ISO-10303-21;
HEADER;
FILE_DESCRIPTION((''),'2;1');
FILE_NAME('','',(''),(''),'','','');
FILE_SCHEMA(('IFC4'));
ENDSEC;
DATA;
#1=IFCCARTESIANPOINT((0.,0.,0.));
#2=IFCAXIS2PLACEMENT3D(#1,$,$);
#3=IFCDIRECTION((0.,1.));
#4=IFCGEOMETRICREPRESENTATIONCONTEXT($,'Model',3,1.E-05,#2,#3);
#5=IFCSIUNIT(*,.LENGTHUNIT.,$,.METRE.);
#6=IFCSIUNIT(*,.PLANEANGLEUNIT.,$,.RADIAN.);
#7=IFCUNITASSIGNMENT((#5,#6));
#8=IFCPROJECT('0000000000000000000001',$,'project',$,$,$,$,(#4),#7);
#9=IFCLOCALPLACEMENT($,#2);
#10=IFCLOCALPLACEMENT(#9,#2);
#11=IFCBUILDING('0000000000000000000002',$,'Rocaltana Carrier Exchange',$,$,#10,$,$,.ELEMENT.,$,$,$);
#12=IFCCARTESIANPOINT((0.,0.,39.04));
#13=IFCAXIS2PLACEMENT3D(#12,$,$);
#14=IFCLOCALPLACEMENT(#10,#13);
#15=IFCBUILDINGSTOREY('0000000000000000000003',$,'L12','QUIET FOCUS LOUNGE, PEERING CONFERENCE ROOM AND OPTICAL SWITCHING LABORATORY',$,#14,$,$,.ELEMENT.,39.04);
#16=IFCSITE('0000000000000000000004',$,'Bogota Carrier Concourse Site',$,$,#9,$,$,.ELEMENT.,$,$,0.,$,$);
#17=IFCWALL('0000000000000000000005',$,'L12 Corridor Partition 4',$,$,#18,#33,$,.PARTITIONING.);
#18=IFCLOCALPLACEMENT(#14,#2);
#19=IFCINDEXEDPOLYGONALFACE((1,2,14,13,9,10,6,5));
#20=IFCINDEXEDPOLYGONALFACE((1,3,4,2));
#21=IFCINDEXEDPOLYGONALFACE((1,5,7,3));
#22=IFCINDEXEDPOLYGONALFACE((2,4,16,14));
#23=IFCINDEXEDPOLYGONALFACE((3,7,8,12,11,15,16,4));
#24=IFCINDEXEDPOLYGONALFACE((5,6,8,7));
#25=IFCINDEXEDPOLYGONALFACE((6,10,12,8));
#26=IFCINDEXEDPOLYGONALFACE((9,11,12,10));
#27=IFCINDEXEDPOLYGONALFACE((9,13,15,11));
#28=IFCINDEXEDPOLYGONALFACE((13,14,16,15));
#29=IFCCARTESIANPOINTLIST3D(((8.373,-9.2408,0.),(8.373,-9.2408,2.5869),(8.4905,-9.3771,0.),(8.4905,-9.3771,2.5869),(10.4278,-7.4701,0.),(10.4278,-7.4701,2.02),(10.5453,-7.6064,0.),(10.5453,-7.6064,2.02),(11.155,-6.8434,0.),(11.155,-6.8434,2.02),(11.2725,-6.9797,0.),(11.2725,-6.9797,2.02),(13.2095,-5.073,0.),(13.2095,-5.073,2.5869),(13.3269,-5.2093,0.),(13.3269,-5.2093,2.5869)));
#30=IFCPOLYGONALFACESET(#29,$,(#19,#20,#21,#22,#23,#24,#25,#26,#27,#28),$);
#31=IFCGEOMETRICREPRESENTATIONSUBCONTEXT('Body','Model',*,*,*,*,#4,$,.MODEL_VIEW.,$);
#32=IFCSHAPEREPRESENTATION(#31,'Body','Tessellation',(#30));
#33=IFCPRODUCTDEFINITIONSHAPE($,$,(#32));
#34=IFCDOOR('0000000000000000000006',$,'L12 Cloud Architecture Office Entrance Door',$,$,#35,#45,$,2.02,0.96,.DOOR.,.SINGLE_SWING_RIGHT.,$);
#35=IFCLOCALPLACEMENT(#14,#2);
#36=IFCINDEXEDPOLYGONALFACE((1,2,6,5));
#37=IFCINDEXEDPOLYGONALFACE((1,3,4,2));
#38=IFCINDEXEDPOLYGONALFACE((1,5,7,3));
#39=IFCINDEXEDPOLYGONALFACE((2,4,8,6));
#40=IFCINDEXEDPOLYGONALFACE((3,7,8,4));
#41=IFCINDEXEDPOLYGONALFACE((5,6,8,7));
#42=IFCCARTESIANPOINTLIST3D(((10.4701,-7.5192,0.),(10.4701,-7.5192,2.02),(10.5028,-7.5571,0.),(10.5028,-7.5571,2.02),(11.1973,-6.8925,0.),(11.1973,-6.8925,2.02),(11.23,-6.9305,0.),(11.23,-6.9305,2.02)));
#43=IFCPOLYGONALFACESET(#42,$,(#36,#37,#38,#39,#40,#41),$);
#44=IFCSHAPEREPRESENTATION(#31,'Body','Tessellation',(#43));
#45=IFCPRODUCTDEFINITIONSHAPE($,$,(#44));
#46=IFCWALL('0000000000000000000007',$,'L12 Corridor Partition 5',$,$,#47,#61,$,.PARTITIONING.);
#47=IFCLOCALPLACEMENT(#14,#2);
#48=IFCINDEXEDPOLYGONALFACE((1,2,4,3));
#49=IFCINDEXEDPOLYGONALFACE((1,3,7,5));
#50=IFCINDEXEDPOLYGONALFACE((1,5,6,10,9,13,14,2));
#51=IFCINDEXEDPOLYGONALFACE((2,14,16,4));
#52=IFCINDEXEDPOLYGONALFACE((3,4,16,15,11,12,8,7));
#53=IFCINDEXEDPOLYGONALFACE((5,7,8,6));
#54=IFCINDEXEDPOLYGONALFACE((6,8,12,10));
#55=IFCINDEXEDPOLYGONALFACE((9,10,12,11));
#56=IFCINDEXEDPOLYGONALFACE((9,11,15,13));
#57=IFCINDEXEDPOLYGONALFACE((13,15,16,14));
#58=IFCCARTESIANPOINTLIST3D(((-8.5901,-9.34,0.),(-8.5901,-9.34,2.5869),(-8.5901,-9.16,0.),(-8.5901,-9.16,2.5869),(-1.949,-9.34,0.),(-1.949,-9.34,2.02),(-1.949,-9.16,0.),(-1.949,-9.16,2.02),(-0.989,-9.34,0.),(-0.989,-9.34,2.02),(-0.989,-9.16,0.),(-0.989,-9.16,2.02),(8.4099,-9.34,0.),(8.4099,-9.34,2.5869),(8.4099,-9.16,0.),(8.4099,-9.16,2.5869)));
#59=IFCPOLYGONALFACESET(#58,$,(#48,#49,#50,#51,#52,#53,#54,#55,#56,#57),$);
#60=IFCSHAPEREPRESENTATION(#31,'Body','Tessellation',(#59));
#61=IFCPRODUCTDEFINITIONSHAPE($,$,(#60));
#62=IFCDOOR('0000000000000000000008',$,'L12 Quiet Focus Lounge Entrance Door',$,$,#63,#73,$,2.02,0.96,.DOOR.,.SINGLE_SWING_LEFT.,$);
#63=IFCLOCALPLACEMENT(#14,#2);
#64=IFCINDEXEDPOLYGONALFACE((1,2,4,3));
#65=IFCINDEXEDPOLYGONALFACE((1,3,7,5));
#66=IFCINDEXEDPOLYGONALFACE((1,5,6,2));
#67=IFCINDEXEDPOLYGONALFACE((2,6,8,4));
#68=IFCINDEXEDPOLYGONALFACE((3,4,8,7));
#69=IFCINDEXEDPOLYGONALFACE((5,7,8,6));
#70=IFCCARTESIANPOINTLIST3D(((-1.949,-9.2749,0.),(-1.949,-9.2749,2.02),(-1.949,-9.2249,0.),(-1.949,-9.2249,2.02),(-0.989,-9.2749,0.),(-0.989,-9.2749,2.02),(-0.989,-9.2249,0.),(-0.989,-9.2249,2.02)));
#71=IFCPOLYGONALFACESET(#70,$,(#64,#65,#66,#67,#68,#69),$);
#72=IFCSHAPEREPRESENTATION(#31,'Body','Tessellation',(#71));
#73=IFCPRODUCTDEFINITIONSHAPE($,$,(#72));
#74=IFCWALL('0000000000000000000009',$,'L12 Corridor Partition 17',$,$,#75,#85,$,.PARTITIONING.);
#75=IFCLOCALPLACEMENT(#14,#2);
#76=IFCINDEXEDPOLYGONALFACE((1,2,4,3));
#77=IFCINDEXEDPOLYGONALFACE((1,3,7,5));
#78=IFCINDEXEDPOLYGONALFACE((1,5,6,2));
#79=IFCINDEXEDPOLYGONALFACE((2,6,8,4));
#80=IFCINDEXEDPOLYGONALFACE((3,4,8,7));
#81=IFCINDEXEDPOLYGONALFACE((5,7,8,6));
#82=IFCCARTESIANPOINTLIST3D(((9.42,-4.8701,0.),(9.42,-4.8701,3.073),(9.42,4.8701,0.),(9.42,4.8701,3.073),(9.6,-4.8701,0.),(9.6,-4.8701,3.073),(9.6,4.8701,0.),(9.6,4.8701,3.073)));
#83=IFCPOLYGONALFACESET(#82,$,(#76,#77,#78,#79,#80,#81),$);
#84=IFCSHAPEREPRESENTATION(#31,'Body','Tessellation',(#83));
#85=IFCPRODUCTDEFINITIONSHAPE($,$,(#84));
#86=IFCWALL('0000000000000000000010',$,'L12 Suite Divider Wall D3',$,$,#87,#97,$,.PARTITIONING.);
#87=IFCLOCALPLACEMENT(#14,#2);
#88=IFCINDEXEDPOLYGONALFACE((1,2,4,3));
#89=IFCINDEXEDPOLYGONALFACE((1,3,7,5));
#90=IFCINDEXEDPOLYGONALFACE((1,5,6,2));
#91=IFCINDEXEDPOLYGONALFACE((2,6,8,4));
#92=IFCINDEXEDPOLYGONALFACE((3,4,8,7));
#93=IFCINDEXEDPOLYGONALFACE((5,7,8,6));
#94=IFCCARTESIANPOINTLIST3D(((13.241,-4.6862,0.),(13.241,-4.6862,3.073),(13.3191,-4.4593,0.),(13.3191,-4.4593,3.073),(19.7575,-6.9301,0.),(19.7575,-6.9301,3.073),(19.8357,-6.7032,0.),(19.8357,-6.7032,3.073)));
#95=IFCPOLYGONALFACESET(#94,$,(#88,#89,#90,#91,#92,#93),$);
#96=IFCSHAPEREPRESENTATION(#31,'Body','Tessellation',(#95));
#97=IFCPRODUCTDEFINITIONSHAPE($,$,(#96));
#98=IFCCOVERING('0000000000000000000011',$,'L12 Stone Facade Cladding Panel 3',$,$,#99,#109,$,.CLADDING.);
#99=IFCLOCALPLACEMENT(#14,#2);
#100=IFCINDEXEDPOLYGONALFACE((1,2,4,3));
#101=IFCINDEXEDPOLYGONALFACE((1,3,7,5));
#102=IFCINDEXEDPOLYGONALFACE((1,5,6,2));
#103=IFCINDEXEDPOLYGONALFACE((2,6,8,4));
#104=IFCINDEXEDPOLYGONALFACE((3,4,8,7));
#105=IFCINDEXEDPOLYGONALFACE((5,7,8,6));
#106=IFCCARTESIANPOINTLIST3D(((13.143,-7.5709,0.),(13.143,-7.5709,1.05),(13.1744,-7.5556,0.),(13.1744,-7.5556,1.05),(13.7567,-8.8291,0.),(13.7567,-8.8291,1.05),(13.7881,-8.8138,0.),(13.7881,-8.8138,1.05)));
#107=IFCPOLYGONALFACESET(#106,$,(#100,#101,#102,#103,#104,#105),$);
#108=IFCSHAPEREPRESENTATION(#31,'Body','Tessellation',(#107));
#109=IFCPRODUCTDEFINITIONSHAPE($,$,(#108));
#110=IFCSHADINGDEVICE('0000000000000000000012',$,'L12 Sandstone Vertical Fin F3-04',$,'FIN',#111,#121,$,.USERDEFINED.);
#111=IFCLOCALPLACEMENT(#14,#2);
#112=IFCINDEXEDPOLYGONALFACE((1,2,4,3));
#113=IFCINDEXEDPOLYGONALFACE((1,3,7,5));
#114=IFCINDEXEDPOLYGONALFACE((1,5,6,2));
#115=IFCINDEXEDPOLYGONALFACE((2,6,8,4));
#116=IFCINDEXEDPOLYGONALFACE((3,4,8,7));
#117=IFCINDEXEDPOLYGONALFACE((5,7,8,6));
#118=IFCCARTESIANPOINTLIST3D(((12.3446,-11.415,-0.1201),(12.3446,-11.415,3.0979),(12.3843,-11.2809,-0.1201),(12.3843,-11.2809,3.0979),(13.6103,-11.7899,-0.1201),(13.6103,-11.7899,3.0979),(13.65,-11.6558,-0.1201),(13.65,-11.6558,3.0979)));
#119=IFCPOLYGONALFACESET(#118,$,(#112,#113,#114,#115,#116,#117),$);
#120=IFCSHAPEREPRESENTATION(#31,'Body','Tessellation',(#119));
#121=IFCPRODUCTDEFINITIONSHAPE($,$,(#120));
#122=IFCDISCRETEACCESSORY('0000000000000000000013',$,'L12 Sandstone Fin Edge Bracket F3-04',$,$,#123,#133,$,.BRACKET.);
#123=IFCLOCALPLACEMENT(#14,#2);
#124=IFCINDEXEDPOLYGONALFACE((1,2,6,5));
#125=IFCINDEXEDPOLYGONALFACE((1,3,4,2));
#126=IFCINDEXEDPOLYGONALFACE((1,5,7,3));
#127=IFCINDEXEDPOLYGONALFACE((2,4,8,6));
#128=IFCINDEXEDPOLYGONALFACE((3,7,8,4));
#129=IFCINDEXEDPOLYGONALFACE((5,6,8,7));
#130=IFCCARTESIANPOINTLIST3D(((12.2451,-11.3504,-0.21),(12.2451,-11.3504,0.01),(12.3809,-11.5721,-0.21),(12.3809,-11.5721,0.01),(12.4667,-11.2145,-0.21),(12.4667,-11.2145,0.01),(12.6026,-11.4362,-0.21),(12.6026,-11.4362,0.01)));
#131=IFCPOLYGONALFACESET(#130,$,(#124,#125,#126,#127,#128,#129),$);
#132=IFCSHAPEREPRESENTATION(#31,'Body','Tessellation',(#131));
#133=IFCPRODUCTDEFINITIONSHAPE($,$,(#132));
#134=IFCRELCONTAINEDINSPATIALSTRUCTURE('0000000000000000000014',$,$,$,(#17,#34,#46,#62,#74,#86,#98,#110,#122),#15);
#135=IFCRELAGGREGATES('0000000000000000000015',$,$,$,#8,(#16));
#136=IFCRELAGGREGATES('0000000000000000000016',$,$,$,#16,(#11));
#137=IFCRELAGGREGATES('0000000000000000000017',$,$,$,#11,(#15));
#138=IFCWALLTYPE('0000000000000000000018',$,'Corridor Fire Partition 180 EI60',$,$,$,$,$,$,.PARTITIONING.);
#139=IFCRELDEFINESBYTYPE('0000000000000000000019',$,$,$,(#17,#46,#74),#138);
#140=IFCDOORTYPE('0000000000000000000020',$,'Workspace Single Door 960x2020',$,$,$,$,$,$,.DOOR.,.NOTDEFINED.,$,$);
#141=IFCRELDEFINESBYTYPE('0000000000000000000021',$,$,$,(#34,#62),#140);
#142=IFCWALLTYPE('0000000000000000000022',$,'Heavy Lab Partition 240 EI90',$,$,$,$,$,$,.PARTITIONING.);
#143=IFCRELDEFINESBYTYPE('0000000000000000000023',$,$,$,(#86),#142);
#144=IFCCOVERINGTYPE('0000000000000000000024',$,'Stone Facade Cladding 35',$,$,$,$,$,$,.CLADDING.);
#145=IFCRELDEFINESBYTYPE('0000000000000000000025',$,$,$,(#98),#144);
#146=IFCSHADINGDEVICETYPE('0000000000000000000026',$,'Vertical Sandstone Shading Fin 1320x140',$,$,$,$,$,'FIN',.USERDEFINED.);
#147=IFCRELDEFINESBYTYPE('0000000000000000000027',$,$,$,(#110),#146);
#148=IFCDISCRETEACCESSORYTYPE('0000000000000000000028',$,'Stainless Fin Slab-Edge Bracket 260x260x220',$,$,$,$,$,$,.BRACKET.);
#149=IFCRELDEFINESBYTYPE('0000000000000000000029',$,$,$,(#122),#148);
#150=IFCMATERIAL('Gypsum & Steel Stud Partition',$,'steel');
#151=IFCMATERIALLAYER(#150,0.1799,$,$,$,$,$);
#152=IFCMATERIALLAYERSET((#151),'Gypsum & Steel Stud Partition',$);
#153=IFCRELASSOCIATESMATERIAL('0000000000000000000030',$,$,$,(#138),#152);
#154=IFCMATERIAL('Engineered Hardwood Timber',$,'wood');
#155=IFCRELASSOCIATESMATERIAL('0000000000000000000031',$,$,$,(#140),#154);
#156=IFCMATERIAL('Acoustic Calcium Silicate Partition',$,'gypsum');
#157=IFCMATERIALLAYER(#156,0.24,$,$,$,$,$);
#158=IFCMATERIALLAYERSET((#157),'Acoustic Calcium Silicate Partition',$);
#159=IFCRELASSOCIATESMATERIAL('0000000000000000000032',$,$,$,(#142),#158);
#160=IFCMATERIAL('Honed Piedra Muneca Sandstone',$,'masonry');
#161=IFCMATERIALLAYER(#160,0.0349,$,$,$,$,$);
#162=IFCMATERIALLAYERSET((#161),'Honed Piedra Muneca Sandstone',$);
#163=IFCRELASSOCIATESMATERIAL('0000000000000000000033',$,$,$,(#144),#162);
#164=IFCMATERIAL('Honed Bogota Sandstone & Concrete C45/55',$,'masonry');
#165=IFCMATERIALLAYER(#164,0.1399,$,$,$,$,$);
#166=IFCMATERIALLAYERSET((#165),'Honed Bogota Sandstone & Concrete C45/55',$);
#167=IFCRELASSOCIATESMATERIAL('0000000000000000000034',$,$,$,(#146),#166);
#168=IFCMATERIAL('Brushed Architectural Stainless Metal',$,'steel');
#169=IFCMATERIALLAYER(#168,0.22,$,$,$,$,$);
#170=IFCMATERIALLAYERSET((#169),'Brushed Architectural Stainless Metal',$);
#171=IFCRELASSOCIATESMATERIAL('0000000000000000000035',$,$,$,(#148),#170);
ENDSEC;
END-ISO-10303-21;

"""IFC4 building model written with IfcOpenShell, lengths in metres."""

from ifc_helpers import new_model, si_unit, direction, frame, frame_2d, origin, origin_2d, place, context, subcontext, project, spatial, rectangle, extrude, material, layer, layer_set, type_object, element, fill, save


model = new_model("IFC4")

# Units and contexts
model_context = context("Model", 3, precision=1e-05, world=origin(), true_north=direction((0.0, 1.0)))
body_context = subcontext(model_context, "Body", "Model", "MODEL_VIEW")
ifc_project = project(units=[si_unit("LENGTHUNIT", "METRE"), si_unit("PLANEANGLEUNIT", "RADIAN")], contexts=[model_context])

# Site, building, storey
site_placement = place(None, origin())
site = spatial("IfcSite", under=ifc_project, at=site_placement, Name="Bogota Carrier Concourse Site", CompositionType="ELEMENT", RefElevation=0.0)
building_placement = place(site_placement, origin())
building = spatial("IfcBuilding", under=site, at=building_placement, Name="Rocaltana Carrier Exchange", CompositionType="ELEMENT")
storey_placement = place(building_placement, frame((0.0, 0.0, 39.04)))
storey = spatial("IfcBuildingStorey", under=building, at=storey_placement, Name="L12", Description="QUIET FOCUS LOUNGE, PEERING CONFERENCE ROOM AND OPTICAL SWITCHING LABORATORY", CompositionType="ELEMENT", Elevation=39.04)

# Walls, openings, doors
ifc_material_1 = material(Name="Gypsum & Steel Stud Partition", Category="steel")
ifc_layer_1 = layer(ifc_material_1, 0.1799)
ifc_layer_set_1 = layer_set([ifc_layer_1], Name="Gypsum & Steel Stud Partition")
wall_type_1 = type_object("IfcWallType", Name="Corridor Fire Partition 180 EI60", PredefinedType="PARTITIONING", material=ifc_layer_set_1)
wall_1_placement = place(storey_placement, frame((13.2683, -5.1411, 0.0), z_axis=(0.0, 0.0, 1.0), x_axis=(-0.757535, -0.652795, 0.0)))
wall_1 = element("IfcWall", 1, at=wall_1_placement, inside=storey, type_object=wall_type_1, Name="L12 Corridor Partition 4", PredefinedType="PARTITIONING", context=body_context, shape_type="SweptSolid", body=[
    extrude(rectangle(XDim=6.3845, YDim=0.1799, at=frame_2d((3.1924, 0.0))), origin(), (0.0, 0.0, 1.0), 2.5869),
])
opening_1_placement = place(wall_1_placement, frame((2.7122, 0.0, 0.0)))
opening_1 = element("IfcOpeningElement", 2, at=opening_1_placement, cuts=wall_1, PredefinedType="OPENING", context=body_context, shape_type="SweptSolid", body=[
    extrude(rectangle(XDim=0.96, YDim=2.02, at=frame_2d((0.48, 1.01))), frame((0.0, 0.0999, 0.0), z_axis=(0.0, -1.0, 0.0), x_axis=(1.0, 0.0, 0.0)), (0.0, 0.0, 1.0), 0.2),
])
ifc_material_2 = material(Name="Engineered Hardwood Timber", Category="wood")
door_type = type_object("IfcDoorType", Name="Workspace Single Door 960x2020", OperationType="NOTDEFINED", PredefinedType="DOOR", material=ifc_material_2)
door_1_placement = place(opening_1_placement, origin())
door_1 = element("IfcDoor", 3, at=door_1_placement, inside=storey, type_object=door_type, Name="L12 Cloud Architecture Office Entrance Door", OperationType="SINGLE_SWING_RIGHT", OverallHeight=2.02, OverallWidth=0.96, PredefinedType="DOOR", context=body_context, shape_type="SweptSolid", body=[
    extrude(rectangle(XDim=0.96, YDim=2.02, at=frame_2d((0.48, 1.01))), frame((0.0, 0.0249, 0.0), z_axis=(0.0, -1.0, 0.0), x_axis=(1.0, 0.0, 0.0)), (0.0, 0.0, 1.0), 0.05),
])
fill(opening_1, door_1)
wall_2_placement = place(storey_placement, frame((8.4099, -9.25, 0.0), z_axis=(0.0, 0.0, 1.0), x_axis=(-1.0, 0.0, 0.0)))
wall_2 = element("IfcWall", 4, at=wall_2_placement, inside=storey, type_object=wall_type_1, Name="L12 Corridor Partition 5", PredefinedType="PARTITIONING", context=body_context, shape_type="SweptSolid", body=[
    extrude(rectangle(XDim=17.0, YDim=0.1799, at=frame_2d((8.5, 0.0))), origin(), (0.0, 0.0, 1.0), 2.5869),
])
opening_2_placement = place(wall_2_placement, frame((9.3989, 0.0, 0.0)))
opening_2 = element("IfcOpeningElement", 5, at=opening_2_placement, cuts=wall_2, PredefinedType="OPENING", context=body_context, shape_type="SweptSolid", body=[
    extrude(rectangle(XDim=0.96, YDim=2.02, at=frame_2d((0.48, 1.01))), frame((0.0, 0.0999, 0.0), z_axis=(0.0, -1.0, 0.0), x_axis=(1.0, 0.0, 0.0)), (0.0, 0.0, 1.0), 0.2),
])
door_2_placement = place(opening_2_placement, origin())
door_2 = element("IfcDoor", 6, at=door_2_placement, inside=storey, type_object=door_type, Name="L12 Quiet Focus Lounge Entrance Door", OperationType="SINGLE_SWING_LEFT", OverallHeight=2.02, OverallWidth=0.96, PredefinedType="DOOR", context=body_context, shape_type="SweptSolid", body=[
    extrude(rectangle(XDim=0.96, YDim=2.02, at=frame_2d((0.48, 1.01))), frame((0.0, 0.0249, 0.0), z_axis=(0.0, -1.0, 0.0), x_axis=(1.0, 0.0, 0.0)), (0.0, 0.0, 1.0), 0.05),
])
fill(opening_2, door_2)

# Walls
wall_3_placement = place(storey_placement, frame((9.51, -4.8701, 0.0), z_axis=(0.0, 0.0, 1.0), x_axis=(0.0, 1.0, 0.0)))
element("IfcWall", 7, at=wall_3_placement, inside=storey, type_object=wall_type_1, Name="L12 Corridor Partition 17", PredefinedType="PARTITIONING", context=body_context, shape_type="SweptSolid", body=[
    extrude(rectangle(XDim=9.7402, YDim=0.1799, at=frame_2d((4.8701, 0.0))), origin(), (0.0, 0.0, 1.0), 3.073),
])
ifc_material_3 = material(Name="Acoustic Calcium Silicate Partition", Category="gypsum")
ifc_layer_2 = layer(ifc_material_3, 0.24)
ifc_layer_set_2 = layer_set([ifc_layer_2], Name="Acoustic Calcium Silicate Partition")
wall_type_2 = type_object("IfcWallType", Name="Heavy Lab Partition 240 EI90", PredefinedType="PARTITIONING", material=ifc_layer_set_2)
wall_4_placement = place(storey_placement, frame((13.28, -4.5728, 0.0), z_axis=(0.0, 0.0, 1.0), x_axis=(0.945516, -0.325575, 0.0)))
element("IfcWall", 8, at=wall_4_placement, inside=storey, type_object=wall_type_2, Name="L12 Suite Divider Wall D3", PredefinedType="PARTITIONING", context=body_context, shape_type="SweptSolid", body=[
    extrude(rectangle(XDim=6.8921, YDim=0.24, at=frame_2d((3.446, 0.0))), origin(), (0.0, 0.0, 1.0), 3.073),
])

# Covering
ifc_material_4 = material(Name="Honed Piedra Muneca Sandstone", Category="masonry")
ifc_layer_3 = layer(ifc_material_4, 0.0349)
ifc_layer_set_3 = layer_set([ifc_layer_3], Name="Honed Piedra Muneca Sandstone")
covering_type = type_object("IfcCoveringType", Name="Stone Facade Cladding 35", PredefinedType="CLADDING", material=ifc_layer_set_3)
covering_placement = place(storey_placement, frame((13.4656, -8.1924, 0.0), z_axis=(0.0, 0.0, 1.0), x_axis=(-0.438371, 0.898794, 0.0)))
element("IfcCovering", 9, at=covering_placement, inside=storey, type_object=covering_type, Name="L12 Stone Facade Cladding Panel 3", PredefinedType="CLADDING", context=body_context, shape_type="SweptSolid", body=[
    extrude(rectangle(XDim=1.3999, YDim=0.0349, at=origin_2d()), origin(), (0.0, 0.0, 1.0), 1.05),
])

# Shading device
ifc_material_5 = material(Name="Honed Bogota Sandstone & Concrete C45/55", Category="masonry")
ifc_layer_4 = layer(ifc_material_5, 0.1399)
ifc_layer_set_4 = layer_set([ifc_layer_4], Name="Honed Bogota Sandstone & Concrete C45/55")
shading_device_type = type_object("IfcShadingDeviceType", Name="Vertical Sandstone Shading Fin 1320x140", ElementType="FIN", PredefinedType="USERDEFINED", material=ifc_layer_set_4)
shading_device_placement = place(storey_placement, frame((12.9973, -11.5354, -0.1201), z_axis=(0.0, 0.0, 1.0), x_axis=(0.95882, -0.284015, 0.0)))
element("IfcShadingDevice", 10, at=shading_device_placement, inside=storey, type_object=shading_device_type, Name="L12 Sandstone Vertical Fin F3-04", ObjectType="FIN", PredefinedType="USERDEFINED", context=body_context, shape_type="SweptSolid", body=[
    extrude(rectangle(XDim=1.3201, YDim=0.1399, at=origin_2d()), origin(), (0.0, 0.0, 1.0), 3.218),
])

# Discrete accessory
ifc_material_6 = material(Name="Brushed Architectural Stainless Metal", Category="steel")
ifc_layer_5 = layer(ifc_material_6, 0.22)
ifc_layer_set_5 = layer_set([ifc_layer_5], Name="Brushed Architectural Stainless Metal")
discrete_accessory_type = type_object("IfcDiscreteAccessoryType", Name="Stainless Fin Slab-Edge Bracket 260x260x220", PredefinedType="BRACKET", material=ifc_layer_set_5)
discrete_accessory_placement = place(storey_placement, frame((12.4238, -11.3933, -0.21), z_axis=(0.0, 0.0, 1.0), x_axis=(0.85264, 0.522499, 0.0)))
element("IfcDiscreteAccessory", 11, at=discrete_accessory_placement, inside=storey, type_object=discrete_accessory_type, Name="L12 Sandstone Fin Edge Bracket F3-04", PredefinedType="BRACKET", context=body_context, shape_type="SweptSolid", body=[
    extrude(rectangle(XDim=0.26, YDim=0.26, at=origin_2d()), origin(), (0.0, 0.0, 1.0), 0.22),
])

save(model, "model.ifc")
